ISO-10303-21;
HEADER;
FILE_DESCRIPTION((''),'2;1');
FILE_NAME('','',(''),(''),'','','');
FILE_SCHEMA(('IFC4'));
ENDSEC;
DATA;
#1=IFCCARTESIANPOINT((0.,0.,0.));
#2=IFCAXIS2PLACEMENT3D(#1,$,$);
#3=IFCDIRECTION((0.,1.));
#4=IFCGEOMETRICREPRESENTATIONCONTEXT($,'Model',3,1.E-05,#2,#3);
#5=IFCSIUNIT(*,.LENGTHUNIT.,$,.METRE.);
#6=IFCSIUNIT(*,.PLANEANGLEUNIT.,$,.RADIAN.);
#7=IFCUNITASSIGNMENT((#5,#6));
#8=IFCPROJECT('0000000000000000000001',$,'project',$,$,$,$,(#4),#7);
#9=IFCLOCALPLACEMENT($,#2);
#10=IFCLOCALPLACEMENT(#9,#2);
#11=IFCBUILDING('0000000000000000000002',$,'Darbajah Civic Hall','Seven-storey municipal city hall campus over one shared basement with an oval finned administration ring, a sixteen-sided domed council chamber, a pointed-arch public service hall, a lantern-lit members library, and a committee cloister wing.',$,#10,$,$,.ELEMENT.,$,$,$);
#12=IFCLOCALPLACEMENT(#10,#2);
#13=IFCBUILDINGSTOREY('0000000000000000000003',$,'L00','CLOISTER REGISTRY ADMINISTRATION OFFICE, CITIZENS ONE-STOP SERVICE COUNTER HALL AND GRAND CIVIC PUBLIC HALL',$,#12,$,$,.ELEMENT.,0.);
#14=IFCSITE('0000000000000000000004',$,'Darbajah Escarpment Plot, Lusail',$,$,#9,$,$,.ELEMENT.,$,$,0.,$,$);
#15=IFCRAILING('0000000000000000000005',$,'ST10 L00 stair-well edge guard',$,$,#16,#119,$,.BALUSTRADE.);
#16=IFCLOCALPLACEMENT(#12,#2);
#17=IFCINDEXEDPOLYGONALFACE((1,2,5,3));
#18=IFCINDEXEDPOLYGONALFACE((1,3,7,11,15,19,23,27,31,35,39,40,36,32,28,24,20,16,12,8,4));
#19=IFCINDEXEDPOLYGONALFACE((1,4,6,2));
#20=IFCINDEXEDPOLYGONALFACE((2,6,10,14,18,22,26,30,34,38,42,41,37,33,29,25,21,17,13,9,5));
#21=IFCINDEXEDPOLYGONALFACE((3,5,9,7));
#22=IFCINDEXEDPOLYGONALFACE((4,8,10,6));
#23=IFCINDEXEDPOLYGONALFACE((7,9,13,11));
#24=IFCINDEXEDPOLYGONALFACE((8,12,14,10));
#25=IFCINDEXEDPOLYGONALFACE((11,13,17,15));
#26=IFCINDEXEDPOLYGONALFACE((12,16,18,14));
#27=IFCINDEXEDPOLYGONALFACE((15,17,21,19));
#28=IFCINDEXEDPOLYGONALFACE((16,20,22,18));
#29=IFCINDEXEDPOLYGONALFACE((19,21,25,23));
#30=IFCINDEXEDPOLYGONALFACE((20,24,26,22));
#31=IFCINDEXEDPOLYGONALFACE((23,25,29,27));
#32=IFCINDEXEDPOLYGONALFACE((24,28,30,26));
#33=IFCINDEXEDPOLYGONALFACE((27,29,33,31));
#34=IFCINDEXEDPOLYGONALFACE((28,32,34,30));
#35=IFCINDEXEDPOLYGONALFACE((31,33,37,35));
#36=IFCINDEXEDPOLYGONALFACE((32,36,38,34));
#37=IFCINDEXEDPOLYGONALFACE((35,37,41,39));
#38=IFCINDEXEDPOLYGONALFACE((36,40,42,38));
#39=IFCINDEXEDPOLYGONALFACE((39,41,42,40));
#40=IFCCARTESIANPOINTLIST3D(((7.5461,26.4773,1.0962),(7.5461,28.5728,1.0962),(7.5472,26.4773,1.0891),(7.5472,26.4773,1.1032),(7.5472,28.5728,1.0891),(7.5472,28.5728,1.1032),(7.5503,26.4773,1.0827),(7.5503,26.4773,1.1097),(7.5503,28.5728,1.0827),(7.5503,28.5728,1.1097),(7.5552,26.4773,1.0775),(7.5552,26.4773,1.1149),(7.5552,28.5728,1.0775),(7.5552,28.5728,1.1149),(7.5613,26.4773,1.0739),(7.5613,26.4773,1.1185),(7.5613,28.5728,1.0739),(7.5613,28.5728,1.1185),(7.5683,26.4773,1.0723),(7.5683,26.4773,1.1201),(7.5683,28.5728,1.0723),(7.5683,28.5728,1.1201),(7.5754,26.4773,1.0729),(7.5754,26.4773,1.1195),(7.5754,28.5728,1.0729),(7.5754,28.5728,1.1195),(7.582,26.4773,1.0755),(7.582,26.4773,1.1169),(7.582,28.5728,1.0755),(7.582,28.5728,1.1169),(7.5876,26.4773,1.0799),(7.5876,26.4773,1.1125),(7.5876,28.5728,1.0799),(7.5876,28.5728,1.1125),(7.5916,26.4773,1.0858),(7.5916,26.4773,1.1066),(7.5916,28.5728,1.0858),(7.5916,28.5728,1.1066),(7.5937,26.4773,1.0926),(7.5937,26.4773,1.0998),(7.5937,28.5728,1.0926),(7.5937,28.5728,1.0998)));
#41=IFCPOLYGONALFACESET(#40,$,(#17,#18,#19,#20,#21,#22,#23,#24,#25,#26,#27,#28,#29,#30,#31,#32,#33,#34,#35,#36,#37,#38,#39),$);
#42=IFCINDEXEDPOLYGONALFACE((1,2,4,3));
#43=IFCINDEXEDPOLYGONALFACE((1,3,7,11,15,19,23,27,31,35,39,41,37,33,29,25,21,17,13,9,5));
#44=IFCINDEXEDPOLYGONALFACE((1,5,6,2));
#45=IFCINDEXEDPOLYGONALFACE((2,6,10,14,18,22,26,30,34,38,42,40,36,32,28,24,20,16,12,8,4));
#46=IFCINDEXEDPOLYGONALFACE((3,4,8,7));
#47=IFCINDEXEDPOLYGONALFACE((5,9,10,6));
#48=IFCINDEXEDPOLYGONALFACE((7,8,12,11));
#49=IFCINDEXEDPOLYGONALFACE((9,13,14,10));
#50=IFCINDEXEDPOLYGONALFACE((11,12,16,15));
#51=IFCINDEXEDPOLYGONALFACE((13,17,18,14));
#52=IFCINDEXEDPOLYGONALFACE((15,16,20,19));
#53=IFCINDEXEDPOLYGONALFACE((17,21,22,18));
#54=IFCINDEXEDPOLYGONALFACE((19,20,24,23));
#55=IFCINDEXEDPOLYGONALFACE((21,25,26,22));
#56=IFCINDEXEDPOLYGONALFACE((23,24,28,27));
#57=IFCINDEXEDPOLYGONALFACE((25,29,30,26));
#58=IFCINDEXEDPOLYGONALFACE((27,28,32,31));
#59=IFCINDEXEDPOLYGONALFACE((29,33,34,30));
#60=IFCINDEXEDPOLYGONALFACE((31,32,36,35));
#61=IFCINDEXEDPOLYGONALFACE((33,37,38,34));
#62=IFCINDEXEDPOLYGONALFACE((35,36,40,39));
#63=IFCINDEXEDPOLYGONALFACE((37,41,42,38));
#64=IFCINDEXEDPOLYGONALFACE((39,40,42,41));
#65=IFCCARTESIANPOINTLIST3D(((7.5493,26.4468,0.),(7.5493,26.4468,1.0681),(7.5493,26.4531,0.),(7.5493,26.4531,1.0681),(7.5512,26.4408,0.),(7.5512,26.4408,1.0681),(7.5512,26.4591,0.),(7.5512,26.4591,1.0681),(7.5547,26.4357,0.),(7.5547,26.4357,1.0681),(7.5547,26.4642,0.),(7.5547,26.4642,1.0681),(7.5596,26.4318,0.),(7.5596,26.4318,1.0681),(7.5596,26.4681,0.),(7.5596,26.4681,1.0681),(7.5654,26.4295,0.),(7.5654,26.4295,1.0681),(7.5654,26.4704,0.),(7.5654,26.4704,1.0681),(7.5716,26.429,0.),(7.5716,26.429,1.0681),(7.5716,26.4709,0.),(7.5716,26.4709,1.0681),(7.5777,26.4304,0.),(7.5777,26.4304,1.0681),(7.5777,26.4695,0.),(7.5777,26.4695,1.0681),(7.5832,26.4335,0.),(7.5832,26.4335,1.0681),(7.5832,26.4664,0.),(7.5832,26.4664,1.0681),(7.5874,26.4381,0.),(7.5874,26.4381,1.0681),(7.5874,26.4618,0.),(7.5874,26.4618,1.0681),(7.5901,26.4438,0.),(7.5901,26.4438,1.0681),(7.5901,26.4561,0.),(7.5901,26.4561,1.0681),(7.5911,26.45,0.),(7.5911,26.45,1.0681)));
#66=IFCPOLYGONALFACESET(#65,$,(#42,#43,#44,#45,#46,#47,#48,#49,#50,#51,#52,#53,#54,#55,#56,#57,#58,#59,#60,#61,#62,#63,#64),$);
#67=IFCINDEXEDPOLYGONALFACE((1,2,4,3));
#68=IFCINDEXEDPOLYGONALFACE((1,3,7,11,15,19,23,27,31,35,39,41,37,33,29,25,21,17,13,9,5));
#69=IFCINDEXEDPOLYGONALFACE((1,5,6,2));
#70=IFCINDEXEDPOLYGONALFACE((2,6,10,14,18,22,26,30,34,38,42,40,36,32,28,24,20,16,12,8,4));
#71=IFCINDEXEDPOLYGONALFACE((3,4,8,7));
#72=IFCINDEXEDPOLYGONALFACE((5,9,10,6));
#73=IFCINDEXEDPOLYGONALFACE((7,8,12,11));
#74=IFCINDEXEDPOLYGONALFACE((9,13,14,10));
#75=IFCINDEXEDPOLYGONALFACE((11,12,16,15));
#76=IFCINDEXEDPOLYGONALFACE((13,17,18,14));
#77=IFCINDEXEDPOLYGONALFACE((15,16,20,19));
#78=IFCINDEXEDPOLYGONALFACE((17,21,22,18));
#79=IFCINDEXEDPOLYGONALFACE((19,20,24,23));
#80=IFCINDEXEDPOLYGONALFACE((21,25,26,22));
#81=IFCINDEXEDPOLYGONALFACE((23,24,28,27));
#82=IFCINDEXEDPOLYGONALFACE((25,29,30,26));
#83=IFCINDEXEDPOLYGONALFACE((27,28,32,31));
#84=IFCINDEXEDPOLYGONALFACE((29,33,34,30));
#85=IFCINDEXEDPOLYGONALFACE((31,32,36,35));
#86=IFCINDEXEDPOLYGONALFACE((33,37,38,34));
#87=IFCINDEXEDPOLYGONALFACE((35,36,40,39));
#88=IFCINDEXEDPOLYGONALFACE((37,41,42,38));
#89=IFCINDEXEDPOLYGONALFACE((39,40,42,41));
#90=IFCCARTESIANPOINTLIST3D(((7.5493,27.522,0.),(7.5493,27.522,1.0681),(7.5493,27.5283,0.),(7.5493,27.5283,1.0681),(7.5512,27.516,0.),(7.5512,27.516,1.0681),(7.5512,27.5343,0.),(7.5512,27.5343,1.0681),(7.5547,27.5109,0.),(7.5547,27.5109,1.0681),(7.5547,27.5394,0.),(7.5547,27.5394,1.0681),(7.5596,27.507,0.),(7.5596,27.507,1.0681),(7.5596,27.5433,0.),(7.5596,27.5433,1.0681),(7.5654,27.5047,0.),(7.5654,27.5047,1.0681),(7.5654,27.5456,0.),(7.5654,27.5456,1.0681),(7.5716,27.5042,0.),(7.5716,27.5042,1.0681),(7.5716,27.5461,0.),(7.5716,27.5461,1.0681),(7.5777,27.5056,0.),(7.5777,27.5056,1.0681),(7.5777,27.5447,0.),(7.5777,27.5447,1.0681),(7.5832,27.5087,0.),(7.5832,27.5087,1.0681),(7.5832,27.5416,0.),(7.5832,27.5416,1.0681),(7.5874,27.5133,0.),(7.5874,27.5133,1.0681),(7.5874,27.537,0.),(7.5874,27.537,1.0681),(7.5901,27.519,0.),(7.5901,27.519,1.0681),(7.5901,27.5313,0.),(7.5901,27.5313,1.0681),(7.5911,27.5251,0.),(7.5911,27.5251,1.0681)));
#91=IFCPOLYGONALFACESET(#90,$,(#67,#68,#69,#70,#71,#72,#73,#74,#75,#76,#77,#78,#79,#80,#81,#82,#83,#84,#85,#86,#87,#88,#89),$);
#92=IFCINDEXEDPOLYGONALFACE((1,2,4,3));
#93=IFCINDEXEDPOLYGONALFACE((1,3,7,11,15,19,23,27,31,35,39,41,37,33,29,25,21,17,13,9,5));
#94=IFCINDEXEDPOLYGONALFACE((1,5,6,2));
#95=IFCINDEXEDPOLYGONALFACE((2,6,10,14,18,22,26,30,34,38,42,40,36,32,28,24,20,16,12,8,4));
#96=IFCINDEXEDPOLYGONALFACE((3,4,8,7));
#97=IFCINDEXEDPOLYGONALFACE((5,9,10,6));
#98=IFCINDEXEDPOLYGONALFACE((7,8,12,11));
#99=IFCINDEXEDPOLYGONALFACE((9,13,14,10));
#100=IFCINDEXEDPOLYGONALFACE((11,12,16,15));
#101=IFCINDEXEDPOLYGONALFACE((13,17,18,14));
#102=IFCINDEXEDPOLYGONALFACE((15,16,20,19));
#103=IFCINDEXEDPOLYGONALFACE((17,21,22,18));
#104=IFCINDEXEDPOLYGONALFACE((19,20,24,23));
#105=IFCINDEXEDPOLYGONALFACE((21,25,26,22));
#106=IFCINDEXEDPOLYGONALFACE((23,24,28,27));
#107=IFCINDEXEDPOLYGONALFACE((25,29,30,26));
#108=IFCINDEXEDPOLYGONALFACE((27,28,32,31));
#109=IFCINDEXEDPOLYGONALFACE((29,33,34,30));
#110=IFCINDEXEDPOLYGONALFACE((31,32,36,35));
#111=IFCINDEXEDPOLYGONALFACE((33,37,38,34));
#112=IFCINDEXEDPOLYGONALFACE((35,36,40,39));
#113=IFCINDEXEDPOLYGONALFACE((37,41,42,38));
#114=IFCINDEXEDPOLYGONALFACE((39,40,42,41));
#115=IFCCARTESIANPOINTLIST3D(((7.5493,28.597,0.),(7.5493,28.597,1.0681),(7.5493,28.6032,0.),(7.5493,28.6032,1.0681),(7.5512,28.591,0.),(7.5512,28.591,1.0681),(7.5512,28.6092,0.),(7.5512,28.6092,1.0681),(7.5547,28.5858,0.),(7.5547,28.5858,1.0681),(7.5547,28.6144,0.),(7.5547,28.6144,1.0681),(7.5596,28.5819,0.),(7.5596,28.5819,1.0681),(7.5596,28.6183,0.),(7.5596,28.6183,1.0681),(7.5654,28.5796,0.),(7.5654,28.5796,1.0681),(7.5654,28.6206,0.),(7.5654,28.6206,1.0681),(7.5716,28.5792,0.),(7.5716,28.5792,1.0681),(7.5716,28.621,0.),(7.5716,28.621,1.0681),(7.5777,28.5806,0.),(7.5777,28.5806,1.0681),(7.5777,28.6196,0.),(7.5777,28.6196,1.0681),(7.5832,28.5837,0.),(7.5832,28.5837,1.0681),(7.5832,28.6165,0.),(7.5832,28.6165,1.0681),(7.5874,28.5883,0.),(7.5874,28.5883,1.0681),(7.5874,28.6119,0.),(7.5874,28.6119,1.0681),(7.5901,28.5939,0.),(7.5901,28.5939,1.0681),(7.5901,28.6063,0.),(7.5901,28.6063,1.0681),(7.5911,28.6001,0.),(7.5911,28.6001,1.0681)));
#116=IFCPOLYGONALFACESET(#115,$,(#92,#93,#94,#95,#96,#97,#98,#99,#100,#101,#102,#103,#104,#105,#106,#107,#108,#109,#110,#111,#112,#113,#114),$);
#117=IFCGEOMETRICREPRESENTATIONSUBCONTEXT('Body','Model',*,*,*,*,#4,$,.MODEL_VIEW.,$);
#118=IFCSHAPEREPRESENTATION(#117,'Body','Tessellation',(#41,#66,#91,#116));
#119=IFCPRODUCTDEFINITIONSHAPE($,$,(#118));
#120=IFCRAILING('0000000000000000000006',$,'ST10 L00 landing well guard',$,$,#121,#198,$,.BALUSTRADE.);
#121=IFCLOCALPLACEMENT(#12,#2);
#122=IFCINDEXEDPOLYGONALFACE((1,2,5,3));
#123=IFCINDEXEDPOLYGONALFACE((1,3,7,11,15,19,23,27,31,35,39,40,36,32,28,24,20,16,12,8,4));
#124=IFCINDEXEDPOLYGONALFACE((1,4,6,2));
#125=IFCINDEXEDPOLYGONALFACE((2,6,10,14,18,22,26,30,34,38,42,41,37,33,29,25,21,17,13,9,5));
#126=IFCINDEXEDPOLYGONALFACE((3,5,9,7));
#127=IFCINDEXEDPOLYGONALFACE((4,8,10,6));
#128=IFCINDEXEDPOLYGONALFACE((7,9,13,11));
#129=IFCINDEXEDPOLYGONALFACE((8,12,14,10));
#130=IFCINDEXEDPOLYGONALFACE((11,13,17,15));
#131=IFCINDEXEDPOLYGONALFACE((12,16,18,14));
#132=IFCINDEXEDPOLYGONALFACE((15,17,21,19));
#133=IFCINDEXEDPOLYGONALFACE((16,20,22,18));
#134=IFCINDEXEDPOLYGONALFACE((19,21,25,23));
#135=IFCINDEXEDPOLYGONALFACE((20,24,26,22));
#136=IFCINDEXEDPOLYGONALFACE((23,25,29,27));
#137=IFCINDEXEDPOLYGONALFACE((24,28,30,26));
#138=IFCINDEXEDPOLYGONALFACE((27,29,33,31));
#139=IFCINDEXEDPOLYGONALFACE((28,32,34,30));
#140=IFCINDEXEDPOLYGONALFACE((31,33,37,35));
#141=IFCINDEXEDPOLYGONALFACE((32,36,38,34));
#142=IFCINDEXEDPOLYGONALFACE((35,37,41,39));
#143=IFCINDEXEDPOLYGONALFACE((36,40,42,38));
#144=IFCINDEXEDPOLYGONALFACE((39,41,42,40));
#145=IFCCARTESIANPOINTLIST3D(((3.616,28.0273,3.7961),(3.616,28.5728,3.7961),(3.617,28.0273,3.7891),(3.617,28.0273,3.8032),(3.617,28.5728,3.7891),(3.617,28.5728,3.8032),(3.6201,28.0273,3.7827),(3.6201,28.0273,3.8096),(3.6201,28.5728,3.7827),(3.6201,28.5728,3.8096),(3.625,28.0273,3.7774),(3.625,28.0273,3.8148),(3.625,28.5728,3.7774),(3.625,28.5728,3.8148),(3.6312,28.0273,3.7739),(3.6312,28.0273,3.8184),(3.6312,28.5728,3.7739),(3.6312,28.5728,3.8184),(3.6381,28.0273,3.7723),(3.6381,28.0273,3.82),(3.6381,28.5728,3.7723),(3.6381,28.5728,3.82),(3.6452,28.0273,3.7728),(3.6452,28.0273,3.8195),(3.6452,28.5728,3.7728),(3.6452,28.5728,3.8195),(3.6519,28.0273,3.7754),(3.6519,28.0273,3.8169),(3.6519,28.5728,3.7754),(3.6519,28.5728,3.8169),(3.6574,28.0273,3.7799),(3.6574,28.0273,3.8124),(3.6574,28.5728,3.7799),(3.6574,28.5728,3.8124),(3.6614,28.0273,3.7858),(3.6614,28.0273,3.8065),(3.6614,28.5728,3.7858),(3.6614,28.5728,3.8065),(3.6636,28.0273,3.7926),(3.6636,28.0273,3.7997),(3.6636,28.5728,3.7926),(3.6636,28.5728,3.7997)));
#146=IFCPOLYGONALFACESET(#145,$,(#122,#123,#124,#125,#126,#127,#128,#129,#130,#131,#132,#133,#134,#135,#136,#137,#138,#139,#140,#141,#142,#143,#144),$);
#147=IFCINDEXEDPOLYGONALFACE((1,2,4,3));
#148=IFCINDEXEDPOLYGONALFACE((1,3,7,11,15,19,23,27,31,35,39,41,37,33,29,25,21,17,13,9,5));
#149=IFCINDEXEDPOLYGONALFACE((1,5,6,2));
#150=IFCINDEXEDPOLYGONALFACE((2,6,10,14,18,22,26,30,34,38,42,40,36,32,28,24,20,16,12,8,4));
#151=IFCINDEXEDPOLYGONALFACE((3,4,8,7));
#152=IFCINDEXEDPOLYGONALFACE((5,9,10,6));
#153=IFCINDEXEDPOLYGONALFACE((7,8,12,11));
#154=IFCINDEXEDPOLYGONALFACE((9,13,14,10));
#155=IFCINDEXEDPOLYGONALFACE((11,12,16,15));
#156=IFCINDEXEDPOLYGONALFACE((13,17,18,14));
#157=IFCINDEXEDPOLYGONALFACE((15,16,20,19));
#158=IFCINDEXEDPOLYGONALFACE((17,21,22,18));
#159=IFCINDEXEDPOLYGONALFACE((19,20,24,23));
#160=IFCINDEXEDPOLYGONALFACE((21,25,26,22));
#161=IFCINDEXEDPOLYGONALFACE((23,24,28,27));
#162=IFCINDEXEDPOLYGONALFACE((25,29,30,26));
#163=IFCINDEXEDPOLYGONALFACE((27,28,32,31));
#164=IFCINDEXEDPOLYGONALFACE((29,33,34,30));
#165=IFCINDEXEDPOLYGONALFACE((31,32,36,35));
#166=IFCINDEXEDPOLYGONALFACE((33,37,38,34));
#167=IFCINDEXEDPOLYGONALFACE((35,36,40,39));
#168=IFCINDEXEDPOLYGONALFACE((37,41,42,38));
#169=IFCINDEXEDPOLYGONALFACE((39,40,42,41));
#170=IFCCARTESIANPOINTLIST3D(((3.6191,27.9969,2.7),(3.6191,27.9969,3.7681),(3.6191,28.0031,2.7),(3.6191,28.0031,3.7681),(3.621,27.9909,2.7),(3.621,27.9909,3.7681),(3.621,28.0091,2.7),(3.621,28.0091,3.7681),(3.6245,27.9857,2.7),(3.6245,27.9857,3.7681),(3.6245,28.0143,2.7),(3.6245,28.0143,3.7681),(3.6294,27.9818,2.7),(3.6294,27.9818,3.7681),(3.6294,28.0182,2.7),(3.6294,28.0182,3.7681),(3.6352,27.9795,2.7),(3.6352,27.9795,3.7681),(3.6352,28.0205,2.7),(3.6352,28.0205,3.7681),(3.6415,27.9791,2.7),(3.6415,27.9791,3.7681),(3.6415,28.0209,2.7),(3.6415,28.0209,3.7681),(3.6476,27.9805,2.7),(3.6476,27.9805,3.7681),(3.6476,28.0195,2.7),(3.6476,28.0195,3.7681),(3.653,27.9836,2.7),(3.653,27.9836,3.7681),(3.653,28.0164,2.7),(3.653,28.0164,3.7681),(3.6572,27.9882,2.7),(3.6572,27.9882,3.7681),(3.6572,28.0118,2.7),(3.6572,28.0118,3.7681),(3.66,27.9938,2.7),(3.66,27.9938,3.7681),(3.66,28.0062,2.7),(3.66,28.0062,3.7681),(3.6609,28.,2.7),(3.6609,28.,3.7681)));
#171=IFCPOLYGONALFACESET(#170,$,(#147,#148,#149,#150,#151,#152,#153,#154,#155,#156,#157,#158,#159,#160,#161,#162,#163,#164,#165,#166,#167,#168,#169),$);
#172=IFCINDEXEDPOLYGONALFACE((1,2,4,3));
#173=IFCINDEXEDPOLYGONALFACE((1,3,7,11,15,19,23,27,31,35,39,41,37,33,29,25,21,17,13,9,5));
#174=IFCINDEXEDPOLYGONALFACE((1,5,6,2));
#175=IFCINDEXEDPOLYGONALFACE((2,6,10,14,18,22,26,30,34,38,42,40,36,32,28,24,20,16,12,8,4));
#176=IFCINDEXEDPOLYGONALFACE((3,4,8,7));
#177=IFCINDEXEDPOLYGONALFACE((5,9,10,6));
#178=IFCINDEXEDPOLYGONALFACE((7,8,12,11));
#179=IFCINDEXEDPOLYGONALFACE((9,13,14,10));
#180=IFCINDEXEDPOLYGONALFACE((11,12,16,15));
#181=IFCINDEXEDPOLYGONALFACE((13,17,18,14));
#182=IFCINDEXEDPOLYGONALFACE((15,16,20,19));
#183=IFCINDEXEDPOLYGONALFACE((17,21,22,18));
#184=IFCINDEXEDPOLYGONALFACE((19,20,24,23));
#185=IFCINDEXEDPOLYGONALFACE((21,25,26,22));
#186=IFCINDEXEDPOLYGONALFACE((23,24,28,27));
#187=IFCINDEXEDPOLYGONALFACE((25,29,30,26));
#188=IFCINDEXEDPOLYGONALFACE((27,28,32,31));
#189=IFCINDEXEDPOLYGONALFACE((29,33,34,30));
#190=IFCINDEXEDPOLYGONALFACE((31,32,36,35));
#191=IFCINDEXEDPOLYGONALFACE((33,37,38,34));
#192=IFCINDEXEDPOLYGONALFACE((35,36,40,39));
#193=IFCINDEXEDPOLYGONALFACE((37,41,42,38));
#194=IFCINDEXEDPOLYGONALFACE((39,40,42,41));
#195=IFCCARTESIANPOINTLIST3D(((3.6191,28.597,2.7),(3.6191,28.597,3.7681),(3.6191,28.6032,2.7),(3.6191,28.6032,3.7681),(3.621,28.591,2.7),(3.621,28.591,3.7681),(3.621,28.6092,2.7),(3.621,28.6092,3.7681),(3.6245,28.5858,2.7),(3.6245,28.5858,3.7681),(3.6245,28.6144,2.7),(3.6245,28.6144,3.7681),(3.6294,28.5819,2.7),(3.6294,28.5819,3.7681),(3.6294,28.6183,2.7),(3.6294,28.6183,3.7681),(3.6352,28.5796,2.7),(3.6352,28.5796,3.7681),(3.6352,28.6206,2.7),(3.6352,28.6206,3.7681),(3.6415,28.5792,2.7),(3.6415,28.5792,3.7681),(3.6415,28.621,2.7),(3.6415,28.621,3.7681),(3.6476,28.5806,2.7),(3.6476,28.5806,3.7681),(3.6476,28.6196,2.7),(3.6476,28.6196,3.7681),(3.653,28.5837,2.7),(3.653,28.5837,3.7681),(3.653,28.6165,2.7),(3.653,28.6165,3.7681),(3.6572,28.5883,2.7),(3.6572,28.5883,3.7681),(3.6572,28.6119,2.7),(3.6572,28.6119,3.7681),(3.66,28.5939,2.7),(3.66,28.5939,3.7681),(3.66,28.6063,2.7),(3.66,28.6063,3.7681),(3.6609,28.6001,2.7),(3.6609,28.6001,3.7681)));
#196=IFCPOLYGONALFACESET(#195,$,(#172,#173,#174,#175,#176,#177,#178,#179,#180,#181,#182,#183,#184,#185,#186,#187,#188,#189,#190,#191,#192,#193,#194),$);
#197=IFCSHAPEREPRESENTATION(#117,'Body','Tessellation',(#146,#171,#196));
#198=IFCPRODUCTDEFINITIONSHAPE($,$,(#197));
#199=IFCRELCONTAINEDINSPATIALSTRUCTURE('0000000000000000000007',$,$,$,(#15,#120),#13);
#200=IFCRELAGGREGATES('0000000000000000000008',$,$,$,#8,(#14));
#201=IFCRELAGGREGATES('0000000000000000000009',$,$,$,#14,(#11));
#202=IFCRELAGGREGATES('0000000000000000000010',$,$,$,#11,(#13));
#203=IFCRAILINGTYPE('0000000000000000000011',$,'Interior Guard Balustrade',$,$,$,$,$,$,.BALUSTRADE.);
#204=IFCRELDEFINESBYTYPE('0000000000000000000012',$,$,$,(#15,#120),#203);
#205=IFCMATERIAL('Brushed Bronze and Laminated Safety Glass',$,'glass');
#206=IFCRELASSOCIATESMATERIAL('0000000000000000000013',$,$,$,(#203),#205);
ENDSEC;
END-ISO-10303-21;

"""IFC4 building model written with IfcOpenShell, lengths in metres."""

from ifc_helpers import new_model, si_unit, direction, frame, origin, origin_2d, place, context, subcontext, project, spatial, circle, extrude, material, type_object, element, save


model = new_model("IFC4")

# Units and contexts
model_context = context("Model", 3, precision=1e-05, world=origin(), true_north=direction((0.0, 1.0)))
body_context = subcontext(model_context, "Body", "Model", "MODEL_VIEW")
ifc_project = project(units=[si_unit("LENGTHUNIT", "METRE"), si_unit("PLANEANGLEUNIT", "RADIAN")], contexts=[model_context])

# Site, building, storey
site_placement = place(None, origin())
site = spatial("IfcSite", under=ifc_project, at=site_placement, Name="Darbajah Escarpment Plot, Lusail", CompositionType="ELEMENT", RefElevation=0.0)
building_placement = place(site_placement, origin())
building = spatial("IfcBuilding", under=site, at=building_placement, Name="Darbajah Civic Hall", Description="Seven-storey municipal city hall campus over one shared basement with an oval finned administration ring, a sixteen-sided domed council chamber, a pointed-arch public service hall, a lantern-lit members library, and a committee cloister wing.", CompositionType="ELEMENT")
storey_placement = place(building_placement, origin())
storey = spatial("IfcBuildingStorey", under=building, at=storey_placement, Name="L00", Description="CLOISTER REGISTRY ADMINISTRATION OFFICE, CITIZENS ONE-STOP SERVICE COUNTER HALL AND GRAND CIVIC PUBLIC HALL", CompositionType="ELEMENT", Elevation=0.0)

# Railings
ifc_material_1 = material(Name="Brushed Bronze and Laminated Safety Glass", Category="glass")
railing_type_1 = type_object("IfcRailingType", Name="Interior Guard Balustrade", PredefinedType="BALUSTRADE", material=ifc_material_1)
railing_1_placement = place(storey_placement, frame((7.5701, 26.45, 0.0)))
element("IfcRailing", 1, at=railing_1_placement, inside=storey, type_object=railing_type_1, Name="ST10 L00 stair-well edge guard", PredefinedType="BALUSTRADE", context=body_context, shape_type="SweptSolid", body=[
    extrude(circle(Radius=0.0239, at=origin_2d()), frame((0.0, 0.0273, 1.0962), z_axis=(0.0, 1.0, 0.0), x_axis=(-1.0, 0.0, 0.0)), (0.0, 0.0, 1.0), 2.0955),
    extrude(circle(Radius=0.021, at=origin_2d()), origin(), (0.0, 0.0, 1.0), 1.0681),
    extrude(circle(Radius=0.021, at=origin_2d()), frame((0.0, 1.0752, 0.0)), (0.0, 0.0, 1.0), 1.0681),
    extrude(circle(Radius=0.021, at=origin_2d()), frame((0.0, 2.1501, 0.0)), (0.0, 0.0, 1.0), 1.0681),
])
railing_2_placement = place(storey_placement, frame((3.6399, 28.0, 2.7)))
element("IfcRailing", 2, at=railing_2_placement, inside=storey, type_object=railing_type_1, Name="ST10 L00 landing well guard", PredefinedType="BALUSTRADE", context=body_context, shape_type="SweptSolid", body=[
    extrude(circle(Radius=0.0239, at=origin_2d()), frame((0.0, 0.0273, 1.0962), z_axis=(0.0, 1.0, 0.0), x_axis=(-1.0, 0.0, 0.0)), (0.0, 0.0, 1.0), 0.5454),
    extrude(circle(Radius=0.021, at=origin_2d()), origin(), (0.0, 0.0, 1.0), 1.0681),
    extrude(circle(Radius=0.021, at=origin_2d()), frame((0.0, 0.6001, 0.0)), (0.0, 0.0, 1.0), 1.0681),
])

save(model, "model.ifc")
